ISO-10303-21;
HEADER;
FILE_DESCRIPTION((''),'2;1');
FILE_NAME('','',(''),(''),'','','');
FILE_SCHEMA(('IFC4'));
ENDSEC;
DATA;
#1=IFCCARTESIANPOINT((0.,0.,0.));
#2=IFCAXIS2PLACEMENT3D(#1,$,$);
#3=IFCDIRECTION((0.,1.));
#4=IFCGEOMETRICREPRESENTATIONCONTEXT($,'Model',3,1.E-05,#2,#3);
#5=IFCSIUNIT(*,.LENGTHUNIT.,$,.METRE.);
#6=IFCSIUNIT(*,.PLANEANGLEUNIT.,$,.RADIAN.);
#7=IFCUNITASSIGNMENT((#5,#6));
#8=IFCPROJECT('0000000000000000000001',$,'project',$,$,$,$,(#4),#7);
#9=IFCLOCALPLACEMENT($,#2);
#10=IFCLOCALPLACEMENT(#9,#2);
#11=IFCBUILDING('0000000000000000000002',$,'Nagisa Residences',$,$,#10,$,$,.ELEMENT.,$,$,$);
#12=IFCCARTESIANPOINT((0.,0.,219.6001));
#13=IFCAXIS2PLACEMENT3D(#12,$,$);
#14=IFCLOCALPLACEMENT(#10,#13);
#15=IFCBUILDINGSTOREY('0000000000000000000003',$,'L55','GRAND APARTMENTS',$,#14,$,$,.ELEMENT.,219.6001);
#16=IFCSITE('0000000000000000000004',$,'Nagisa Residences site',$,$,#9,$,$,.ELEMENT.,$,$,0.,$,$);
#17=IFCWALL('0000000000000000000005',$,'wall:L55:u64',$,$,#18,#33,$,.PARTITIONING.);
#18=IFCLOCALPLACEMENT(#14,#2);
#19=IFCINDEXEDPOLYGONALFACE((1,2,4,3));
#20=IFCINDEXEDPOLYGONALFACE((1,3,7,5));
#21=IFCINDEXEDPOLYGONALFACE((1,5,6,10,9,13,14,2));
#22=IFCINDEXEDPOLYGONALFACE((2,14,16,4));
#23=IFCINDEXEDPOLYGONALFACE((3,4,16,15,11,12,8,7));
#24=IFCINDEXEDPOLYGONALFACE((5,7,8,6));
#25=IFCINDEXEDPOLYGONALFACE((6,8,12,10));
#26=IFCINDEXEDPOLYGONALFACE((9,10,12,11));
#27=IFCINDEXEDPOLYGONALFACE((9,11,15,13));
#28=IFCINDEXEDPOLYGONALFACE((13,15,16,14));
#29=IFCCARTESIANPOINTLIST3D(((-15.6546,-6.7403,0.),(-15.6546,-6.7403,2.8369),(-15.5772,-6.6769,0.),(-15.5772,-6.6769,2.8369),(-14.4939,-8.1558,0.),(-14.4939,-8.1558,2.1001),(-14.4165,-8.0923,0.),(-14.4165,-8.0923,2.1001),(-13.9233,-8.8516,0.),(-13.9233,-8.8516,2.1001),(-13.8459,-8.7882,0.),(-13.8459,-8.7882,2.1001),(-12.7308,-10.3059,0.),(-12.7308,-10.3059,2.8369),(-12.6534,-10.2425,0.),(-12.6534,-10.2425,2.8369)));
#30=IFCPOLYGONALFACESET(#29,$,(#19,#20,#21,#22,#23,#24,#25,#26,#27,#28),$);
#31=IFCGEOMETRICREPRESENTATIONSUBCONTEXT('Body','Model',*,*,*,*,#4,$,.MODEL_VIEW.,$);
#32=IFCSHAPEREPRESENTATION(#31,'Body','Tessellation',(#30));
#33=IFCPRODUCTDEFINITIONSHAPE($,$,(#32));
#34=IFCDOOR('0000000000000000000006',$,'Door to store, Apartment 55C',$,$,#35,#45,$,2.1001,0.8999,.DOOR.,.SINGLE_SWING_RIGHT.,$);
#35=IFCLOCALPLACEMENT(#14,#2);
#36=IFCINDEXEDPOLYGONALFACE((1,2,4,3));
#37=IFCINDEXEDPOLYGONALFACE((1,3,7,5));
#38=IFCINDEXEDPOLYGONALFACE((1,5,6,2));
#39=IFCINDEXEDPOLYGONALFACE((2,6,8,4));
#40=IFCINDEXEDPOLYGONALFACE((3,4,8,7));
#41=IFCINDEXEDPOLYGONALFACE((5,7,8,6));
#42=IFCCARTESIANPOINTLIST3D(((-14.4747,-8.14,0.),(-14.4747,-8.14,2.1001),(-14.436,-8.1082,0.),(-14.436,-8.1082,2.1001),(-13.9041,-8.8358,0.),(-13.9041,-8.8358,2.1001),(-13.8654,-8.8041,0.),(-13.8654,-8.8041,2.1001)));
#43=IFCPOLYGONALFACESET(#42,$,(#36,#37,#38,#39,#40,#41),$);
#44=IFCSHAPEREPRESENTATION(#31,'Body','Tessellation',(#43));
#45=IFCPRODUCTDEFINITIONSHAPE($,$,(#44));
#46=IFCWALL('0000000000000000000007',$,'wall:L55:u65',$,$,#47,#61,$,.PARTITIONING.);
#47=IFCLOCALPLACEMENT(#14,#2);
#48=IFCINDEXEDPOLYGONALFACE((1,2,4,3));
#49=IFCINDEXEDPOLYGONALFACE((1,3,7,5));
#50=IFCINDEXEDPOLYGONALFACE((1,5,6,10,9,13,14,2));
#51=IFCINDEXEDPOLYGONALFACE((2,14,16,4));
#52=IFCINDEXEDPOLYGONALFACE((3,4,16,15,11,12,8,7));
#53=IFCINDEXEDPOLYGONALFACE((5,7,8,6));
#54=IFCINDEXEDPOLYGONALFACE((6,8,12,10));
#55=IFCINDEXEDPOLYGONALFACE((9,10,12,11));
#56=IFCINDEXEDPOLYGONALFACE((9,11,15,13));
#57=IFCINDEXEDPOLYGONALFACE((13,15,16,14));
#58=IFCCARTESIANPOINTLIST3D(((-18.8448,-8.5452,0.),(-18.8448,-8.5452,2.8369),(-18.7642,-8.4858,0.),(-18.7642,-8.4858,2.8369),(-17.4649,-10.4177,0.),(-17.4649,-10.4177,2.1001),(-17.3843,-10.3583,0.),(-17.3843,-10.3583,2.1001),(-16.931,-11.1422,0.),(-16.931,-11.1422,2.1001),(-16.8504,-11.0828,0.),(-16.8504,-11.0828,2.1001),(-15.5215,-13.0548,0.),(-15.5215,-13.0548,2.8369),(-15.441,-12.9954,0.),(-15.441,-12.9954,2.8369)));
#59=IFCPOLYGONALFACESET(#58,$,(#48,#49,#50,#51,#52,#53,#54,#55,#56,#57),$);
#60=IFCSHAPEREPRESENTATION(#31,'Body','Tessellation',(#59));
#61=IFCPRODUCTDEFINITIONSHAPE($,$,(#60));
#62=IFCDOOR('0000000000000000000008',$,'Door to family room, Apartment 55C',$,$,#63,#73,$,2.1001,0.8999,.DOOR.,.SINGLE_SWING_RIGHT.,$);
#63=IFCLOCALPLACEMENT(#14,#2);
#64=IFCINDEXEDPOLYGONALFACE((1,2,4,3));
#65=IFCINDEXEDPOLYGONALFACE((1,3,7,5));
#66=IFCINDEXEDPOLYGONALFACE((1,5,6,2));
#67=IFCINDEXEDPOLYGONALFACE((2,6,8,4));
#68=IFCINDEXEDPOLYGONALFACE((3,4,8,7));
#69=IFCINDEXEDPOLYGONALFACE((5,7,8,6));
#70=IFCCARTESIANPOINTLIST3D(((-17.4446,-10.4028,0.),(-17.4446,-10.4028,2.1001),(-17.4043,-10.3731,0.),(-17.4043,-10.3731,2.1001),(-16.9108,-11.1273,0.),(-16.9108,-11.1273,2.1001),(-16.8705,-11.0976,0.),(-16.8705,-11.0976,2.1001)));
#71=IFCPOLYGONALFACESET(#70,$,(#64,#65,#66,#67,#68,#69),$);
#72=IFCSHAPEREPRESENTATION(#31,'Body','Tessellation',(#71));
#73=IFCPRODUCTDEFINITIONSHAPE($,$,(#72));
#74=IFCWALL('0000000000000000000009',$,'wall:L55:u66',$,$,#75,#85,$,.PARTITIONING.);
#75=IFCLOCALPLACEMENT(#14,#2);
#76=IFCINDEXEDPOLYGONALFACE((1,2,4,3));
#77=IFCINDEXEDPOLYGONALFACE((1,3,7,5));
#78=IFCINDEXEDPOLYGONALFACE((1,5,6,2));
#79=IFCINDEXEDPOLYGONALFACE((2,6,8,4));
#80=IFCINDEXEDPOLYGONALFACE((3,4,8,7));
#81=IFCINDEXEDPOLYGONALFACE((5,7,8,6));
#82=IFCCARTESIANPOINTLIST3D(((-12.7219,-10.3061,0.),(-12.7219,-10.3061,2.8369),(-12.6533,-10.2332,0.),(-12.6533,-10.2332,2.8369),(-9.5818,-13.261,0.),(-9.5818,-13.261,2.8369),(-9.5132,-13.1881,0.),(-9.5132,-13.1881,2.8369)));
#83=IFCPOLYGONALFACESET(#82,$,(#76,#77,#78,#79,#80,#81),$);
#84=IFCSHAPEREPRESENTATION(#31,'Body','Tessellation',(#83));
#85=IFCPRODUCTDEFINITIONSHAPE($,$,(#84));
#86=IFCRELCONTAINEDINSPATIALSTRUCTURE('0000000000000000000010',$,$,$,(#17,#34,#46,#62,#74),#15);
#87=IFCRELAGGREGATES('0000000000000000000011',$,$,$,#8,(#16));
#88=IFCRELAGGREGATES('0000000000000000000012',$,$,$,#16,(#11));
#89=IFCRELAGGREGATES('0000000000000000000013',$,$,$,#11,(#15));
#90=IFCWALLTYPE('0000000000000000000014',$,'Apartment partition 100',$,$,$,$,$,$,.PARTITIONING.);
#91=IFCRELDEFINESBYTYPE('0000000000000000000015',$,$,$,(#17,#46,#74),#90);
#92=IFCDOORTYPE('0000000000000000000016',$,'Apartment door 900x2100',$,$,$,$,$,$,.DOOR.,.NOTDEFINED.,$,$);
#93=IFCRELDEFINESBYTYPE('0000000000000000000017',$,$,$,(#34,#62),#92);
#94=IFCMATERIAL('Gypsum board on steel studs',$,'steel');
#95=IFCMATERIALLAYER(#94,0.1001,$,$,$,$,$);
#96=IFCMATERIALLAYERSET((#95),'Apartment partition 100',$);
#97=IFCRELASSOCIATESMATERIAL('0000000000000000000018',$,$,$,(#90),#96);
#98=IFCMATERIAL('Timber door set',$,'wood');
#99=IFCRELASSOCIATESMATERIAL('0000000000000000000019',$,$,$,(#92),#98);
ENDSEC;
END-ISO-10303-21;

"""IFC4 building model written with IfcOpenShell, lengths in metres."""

from ifc_helpers import new_model, si_unit, direction, frame, frame_2d, origin, place, context, subcontext, project, spatial, rectangle, extrude, material, layer, layer_set, type_object, element, fill, save


model = new_model("IFC4")

# Units and contexts
model_context = context("Model", 3, precision=1e-05, world=origin(), true_north=direction((0.0, 1.0)))
body_context = subcontext(model_context, "Body", "Model", "MODEL_VIEW")
ifc_project = project(units=[si_unit("LENGTHUNIT", "METRE"), si_unit("PLANEANGLEUNIT", "RADIAN")], contexts=[model_context])

# Site, building, storey
site_placement = place(None, origin())
site = spatial("IfcSite", under=ifc_project, at=site_placement, Name="Nagisa Residences site", CompositionType="ELEMENT", RefElevation=0.0)
building_placement = place(site_placement, origin())
building = spatial("IfcBuilding", under=site, at=building_placement, Name="Nagisa Residences", CompositionType="ELEMENT")
storey_placement = place(building_placement, frame((0.0, 0.0, 219.6001)))
storey = spatial("IfcBuildingStorey", under=building, at=storey_placement, Name="L55", Description="GRAND APARTMENTS", CompositionType="ELEMENT", Elevation=219.6001)

# Shared definitions
ifc_material_1 = material(Name="Gypsum board on steel studs", Category="steel")
ifc_layer_1 = layer(ifc_material_1, 0.1001)
ifc_layer_set_1 = layer_set([ifc_layer_1], Name="Apartment partition 100")
wall_type_1 = type_object("IfcWallType", Name="Apartment partition 100", PredefinedType="PARTITIONING", material=ifc_layer_set_1)

# Shared definitions
ifc_material_2 = material(Name="Timber door set", Category="wood")
door_type_1 = type_object("IfcDoorType", Name="Apartment door 900x2100", OperationType="NOTDEFINED", PredefinedType="DOOR", material=ifc_material_2)

# Walls, openings, doors
wall_1_placement = place(storey_placement, frame((-15.616, -6.7085, 0.0), z_axis=(0.0, 0.0, 1.0), x_axis=(0.634076, -0.77327, 0.0)))
wall_1 = element("IfcWall", 1, at=wall_1_placement, inside=storey, type_object=wall_type_1, Name="wall:L55:u64", PredefinedType="PARTITIONING", context=body_context, shape_type="SweptSolid", body=[
    extrude(rectangle(XDim=4.6111, YDim=0.1001, at=frame_2d((2.3057, 0.0))), origin(), (0.0, 0.0, 1.0), 2.8369),
])
opening_1_placement = place(wall_1_placement, frame((1.8306, 0.0, 0.0)))
opening_1 = element("IfcOpeningElement", 2, at=opening_1_placement, cuts=wall_1, PredefinedType="OPENING", context=body_context, shape_type="SweptSolid", body=[
    extrude(rectangle(XDim=0.8999, YDim=2.1001, at=frame_2d((0.45, 1.05))), frame((0.0, 0.0601, 0.0), z_axis=(0.0, -1.0, 0.0), x_axis=(1.0, 0.0, 0.0)), (0.0, 0.0, 1.0), 0.1201),
])
door_1_placement = place(opening_1_placement, origin())
door_1 = element("IfcDoor", 3, at=door_1_placement, inside=storey, type_object=door_type_1, Name="Door to store, Apartment 55C", OperationType="SINGLE_SWING_RIGHT", OverallHeight=2.1001, OverallWidth=0.8999, PredefinedType="DOOR", context=body_context, shape_type="SweptSolid", body=[
    extrude(rectangle(XDim=0.8999, YDim=2.1001, at=frame_2d((0.45, 1.05))), frame((0.0, 0.0249, 0.0), z_axis=(0.0, -1.0, 0.0), x_axis=(1.0, 0.0, 0.0)), (0.0, 0.0, 1.0), 0.05),
])
fill(opening_1, door_1)
wall_2_placement = place(storey_placement, frame((-18.8044, -8.5156, 0.0), z_axis=(0.0, 0.0, 1.0), x_axis=(0.59325, -0.805019, 0.0)))
wall_2 = element("IfcWall", 4, at=wall_2_placement, inside=storey, type_object=wall_type_1, Name="wall:L55:u65", PredefinedType="PARTITIONING", context=body_context, shape_type="SweptSolid", body=[
    extrude(rectangle(XDim=5.6018, YDim=0.1001, at=frame_2d((2.8008, 0.0))), origin(), (0.0, 0.0, 1.0), 2.8369),
])
opening_2_placement = place(wall_2_placement, frame((2.3259, 0.0, 0.0)))
opening_2 = element("IfcOpeningElement", 5, at=opening_2_placement, cuts=wall_2, PredefinedType="OPENING", context=body_context, shape_type="SweptSolid", body=[
    extrude(rectangle(XDim=0.8999, YDim=2.1001, at=frame_2d((0.45, 1.05))), frame((0.0, 0.0601, 0.0), z_axis=(0.0, -1.0, 0.0), x_axis=(1.0, 0.0, 0.0)), (0.0, 0.0, 1.0), 0.1201),
])
door_2_placement = place(opening_2_placement, frame((0.8999, 0.0, 0.0), x_axis=(-1.0, 0.0, 0.0)))
door_2 = element("IfcDoor", 6, at=door_2_placement, inside=storey, type_object=door_type_1, Name="Door to family room, Apartment 55C", OperationType="SINGLE_SWING_RIGHT", OverallHeight=2.1001, OverallWidth=0.8999, PredefinedType="DOOR", context=body_context, shape_type="SweptSolid", body=[
    extrude(rectangle(XDim=0.8999, YDim=2.1001, at=frame_2d((0.45, 1.05))), frame((0.0, 0.0249, 0.0), z_axis=(0.0, -1.0, 0.0), x_axis=(1.0, 0.0, 0.0)), (0.0, 0.0, 1.0), 0.05),
])
fill(opening_2, door_2)

# Wall
wall_3_placement = place(storey_placement, frame((-12.6875, -10.2698, 0.0), z_axis=(0.0, 0.0, 1.0), x_axis=(0.728268, -0.685292, 0.0)))
element("IfcWall", 7, at=wall_3_placement, inside=storey, type_object=wall_type_1, Name="wall:L55:u66", PredefinedType="PARTITIONING", context=body_context, shape_type="SweptSolid", body=[
    extrude(rectangle(XDim=4.3118, YDim=0.1001, at=frame_2d((2.1558, 0.0))), origin(), (0.0, 0.0, 1.0), 2.8369),
])

save(model, "model.ifc")
